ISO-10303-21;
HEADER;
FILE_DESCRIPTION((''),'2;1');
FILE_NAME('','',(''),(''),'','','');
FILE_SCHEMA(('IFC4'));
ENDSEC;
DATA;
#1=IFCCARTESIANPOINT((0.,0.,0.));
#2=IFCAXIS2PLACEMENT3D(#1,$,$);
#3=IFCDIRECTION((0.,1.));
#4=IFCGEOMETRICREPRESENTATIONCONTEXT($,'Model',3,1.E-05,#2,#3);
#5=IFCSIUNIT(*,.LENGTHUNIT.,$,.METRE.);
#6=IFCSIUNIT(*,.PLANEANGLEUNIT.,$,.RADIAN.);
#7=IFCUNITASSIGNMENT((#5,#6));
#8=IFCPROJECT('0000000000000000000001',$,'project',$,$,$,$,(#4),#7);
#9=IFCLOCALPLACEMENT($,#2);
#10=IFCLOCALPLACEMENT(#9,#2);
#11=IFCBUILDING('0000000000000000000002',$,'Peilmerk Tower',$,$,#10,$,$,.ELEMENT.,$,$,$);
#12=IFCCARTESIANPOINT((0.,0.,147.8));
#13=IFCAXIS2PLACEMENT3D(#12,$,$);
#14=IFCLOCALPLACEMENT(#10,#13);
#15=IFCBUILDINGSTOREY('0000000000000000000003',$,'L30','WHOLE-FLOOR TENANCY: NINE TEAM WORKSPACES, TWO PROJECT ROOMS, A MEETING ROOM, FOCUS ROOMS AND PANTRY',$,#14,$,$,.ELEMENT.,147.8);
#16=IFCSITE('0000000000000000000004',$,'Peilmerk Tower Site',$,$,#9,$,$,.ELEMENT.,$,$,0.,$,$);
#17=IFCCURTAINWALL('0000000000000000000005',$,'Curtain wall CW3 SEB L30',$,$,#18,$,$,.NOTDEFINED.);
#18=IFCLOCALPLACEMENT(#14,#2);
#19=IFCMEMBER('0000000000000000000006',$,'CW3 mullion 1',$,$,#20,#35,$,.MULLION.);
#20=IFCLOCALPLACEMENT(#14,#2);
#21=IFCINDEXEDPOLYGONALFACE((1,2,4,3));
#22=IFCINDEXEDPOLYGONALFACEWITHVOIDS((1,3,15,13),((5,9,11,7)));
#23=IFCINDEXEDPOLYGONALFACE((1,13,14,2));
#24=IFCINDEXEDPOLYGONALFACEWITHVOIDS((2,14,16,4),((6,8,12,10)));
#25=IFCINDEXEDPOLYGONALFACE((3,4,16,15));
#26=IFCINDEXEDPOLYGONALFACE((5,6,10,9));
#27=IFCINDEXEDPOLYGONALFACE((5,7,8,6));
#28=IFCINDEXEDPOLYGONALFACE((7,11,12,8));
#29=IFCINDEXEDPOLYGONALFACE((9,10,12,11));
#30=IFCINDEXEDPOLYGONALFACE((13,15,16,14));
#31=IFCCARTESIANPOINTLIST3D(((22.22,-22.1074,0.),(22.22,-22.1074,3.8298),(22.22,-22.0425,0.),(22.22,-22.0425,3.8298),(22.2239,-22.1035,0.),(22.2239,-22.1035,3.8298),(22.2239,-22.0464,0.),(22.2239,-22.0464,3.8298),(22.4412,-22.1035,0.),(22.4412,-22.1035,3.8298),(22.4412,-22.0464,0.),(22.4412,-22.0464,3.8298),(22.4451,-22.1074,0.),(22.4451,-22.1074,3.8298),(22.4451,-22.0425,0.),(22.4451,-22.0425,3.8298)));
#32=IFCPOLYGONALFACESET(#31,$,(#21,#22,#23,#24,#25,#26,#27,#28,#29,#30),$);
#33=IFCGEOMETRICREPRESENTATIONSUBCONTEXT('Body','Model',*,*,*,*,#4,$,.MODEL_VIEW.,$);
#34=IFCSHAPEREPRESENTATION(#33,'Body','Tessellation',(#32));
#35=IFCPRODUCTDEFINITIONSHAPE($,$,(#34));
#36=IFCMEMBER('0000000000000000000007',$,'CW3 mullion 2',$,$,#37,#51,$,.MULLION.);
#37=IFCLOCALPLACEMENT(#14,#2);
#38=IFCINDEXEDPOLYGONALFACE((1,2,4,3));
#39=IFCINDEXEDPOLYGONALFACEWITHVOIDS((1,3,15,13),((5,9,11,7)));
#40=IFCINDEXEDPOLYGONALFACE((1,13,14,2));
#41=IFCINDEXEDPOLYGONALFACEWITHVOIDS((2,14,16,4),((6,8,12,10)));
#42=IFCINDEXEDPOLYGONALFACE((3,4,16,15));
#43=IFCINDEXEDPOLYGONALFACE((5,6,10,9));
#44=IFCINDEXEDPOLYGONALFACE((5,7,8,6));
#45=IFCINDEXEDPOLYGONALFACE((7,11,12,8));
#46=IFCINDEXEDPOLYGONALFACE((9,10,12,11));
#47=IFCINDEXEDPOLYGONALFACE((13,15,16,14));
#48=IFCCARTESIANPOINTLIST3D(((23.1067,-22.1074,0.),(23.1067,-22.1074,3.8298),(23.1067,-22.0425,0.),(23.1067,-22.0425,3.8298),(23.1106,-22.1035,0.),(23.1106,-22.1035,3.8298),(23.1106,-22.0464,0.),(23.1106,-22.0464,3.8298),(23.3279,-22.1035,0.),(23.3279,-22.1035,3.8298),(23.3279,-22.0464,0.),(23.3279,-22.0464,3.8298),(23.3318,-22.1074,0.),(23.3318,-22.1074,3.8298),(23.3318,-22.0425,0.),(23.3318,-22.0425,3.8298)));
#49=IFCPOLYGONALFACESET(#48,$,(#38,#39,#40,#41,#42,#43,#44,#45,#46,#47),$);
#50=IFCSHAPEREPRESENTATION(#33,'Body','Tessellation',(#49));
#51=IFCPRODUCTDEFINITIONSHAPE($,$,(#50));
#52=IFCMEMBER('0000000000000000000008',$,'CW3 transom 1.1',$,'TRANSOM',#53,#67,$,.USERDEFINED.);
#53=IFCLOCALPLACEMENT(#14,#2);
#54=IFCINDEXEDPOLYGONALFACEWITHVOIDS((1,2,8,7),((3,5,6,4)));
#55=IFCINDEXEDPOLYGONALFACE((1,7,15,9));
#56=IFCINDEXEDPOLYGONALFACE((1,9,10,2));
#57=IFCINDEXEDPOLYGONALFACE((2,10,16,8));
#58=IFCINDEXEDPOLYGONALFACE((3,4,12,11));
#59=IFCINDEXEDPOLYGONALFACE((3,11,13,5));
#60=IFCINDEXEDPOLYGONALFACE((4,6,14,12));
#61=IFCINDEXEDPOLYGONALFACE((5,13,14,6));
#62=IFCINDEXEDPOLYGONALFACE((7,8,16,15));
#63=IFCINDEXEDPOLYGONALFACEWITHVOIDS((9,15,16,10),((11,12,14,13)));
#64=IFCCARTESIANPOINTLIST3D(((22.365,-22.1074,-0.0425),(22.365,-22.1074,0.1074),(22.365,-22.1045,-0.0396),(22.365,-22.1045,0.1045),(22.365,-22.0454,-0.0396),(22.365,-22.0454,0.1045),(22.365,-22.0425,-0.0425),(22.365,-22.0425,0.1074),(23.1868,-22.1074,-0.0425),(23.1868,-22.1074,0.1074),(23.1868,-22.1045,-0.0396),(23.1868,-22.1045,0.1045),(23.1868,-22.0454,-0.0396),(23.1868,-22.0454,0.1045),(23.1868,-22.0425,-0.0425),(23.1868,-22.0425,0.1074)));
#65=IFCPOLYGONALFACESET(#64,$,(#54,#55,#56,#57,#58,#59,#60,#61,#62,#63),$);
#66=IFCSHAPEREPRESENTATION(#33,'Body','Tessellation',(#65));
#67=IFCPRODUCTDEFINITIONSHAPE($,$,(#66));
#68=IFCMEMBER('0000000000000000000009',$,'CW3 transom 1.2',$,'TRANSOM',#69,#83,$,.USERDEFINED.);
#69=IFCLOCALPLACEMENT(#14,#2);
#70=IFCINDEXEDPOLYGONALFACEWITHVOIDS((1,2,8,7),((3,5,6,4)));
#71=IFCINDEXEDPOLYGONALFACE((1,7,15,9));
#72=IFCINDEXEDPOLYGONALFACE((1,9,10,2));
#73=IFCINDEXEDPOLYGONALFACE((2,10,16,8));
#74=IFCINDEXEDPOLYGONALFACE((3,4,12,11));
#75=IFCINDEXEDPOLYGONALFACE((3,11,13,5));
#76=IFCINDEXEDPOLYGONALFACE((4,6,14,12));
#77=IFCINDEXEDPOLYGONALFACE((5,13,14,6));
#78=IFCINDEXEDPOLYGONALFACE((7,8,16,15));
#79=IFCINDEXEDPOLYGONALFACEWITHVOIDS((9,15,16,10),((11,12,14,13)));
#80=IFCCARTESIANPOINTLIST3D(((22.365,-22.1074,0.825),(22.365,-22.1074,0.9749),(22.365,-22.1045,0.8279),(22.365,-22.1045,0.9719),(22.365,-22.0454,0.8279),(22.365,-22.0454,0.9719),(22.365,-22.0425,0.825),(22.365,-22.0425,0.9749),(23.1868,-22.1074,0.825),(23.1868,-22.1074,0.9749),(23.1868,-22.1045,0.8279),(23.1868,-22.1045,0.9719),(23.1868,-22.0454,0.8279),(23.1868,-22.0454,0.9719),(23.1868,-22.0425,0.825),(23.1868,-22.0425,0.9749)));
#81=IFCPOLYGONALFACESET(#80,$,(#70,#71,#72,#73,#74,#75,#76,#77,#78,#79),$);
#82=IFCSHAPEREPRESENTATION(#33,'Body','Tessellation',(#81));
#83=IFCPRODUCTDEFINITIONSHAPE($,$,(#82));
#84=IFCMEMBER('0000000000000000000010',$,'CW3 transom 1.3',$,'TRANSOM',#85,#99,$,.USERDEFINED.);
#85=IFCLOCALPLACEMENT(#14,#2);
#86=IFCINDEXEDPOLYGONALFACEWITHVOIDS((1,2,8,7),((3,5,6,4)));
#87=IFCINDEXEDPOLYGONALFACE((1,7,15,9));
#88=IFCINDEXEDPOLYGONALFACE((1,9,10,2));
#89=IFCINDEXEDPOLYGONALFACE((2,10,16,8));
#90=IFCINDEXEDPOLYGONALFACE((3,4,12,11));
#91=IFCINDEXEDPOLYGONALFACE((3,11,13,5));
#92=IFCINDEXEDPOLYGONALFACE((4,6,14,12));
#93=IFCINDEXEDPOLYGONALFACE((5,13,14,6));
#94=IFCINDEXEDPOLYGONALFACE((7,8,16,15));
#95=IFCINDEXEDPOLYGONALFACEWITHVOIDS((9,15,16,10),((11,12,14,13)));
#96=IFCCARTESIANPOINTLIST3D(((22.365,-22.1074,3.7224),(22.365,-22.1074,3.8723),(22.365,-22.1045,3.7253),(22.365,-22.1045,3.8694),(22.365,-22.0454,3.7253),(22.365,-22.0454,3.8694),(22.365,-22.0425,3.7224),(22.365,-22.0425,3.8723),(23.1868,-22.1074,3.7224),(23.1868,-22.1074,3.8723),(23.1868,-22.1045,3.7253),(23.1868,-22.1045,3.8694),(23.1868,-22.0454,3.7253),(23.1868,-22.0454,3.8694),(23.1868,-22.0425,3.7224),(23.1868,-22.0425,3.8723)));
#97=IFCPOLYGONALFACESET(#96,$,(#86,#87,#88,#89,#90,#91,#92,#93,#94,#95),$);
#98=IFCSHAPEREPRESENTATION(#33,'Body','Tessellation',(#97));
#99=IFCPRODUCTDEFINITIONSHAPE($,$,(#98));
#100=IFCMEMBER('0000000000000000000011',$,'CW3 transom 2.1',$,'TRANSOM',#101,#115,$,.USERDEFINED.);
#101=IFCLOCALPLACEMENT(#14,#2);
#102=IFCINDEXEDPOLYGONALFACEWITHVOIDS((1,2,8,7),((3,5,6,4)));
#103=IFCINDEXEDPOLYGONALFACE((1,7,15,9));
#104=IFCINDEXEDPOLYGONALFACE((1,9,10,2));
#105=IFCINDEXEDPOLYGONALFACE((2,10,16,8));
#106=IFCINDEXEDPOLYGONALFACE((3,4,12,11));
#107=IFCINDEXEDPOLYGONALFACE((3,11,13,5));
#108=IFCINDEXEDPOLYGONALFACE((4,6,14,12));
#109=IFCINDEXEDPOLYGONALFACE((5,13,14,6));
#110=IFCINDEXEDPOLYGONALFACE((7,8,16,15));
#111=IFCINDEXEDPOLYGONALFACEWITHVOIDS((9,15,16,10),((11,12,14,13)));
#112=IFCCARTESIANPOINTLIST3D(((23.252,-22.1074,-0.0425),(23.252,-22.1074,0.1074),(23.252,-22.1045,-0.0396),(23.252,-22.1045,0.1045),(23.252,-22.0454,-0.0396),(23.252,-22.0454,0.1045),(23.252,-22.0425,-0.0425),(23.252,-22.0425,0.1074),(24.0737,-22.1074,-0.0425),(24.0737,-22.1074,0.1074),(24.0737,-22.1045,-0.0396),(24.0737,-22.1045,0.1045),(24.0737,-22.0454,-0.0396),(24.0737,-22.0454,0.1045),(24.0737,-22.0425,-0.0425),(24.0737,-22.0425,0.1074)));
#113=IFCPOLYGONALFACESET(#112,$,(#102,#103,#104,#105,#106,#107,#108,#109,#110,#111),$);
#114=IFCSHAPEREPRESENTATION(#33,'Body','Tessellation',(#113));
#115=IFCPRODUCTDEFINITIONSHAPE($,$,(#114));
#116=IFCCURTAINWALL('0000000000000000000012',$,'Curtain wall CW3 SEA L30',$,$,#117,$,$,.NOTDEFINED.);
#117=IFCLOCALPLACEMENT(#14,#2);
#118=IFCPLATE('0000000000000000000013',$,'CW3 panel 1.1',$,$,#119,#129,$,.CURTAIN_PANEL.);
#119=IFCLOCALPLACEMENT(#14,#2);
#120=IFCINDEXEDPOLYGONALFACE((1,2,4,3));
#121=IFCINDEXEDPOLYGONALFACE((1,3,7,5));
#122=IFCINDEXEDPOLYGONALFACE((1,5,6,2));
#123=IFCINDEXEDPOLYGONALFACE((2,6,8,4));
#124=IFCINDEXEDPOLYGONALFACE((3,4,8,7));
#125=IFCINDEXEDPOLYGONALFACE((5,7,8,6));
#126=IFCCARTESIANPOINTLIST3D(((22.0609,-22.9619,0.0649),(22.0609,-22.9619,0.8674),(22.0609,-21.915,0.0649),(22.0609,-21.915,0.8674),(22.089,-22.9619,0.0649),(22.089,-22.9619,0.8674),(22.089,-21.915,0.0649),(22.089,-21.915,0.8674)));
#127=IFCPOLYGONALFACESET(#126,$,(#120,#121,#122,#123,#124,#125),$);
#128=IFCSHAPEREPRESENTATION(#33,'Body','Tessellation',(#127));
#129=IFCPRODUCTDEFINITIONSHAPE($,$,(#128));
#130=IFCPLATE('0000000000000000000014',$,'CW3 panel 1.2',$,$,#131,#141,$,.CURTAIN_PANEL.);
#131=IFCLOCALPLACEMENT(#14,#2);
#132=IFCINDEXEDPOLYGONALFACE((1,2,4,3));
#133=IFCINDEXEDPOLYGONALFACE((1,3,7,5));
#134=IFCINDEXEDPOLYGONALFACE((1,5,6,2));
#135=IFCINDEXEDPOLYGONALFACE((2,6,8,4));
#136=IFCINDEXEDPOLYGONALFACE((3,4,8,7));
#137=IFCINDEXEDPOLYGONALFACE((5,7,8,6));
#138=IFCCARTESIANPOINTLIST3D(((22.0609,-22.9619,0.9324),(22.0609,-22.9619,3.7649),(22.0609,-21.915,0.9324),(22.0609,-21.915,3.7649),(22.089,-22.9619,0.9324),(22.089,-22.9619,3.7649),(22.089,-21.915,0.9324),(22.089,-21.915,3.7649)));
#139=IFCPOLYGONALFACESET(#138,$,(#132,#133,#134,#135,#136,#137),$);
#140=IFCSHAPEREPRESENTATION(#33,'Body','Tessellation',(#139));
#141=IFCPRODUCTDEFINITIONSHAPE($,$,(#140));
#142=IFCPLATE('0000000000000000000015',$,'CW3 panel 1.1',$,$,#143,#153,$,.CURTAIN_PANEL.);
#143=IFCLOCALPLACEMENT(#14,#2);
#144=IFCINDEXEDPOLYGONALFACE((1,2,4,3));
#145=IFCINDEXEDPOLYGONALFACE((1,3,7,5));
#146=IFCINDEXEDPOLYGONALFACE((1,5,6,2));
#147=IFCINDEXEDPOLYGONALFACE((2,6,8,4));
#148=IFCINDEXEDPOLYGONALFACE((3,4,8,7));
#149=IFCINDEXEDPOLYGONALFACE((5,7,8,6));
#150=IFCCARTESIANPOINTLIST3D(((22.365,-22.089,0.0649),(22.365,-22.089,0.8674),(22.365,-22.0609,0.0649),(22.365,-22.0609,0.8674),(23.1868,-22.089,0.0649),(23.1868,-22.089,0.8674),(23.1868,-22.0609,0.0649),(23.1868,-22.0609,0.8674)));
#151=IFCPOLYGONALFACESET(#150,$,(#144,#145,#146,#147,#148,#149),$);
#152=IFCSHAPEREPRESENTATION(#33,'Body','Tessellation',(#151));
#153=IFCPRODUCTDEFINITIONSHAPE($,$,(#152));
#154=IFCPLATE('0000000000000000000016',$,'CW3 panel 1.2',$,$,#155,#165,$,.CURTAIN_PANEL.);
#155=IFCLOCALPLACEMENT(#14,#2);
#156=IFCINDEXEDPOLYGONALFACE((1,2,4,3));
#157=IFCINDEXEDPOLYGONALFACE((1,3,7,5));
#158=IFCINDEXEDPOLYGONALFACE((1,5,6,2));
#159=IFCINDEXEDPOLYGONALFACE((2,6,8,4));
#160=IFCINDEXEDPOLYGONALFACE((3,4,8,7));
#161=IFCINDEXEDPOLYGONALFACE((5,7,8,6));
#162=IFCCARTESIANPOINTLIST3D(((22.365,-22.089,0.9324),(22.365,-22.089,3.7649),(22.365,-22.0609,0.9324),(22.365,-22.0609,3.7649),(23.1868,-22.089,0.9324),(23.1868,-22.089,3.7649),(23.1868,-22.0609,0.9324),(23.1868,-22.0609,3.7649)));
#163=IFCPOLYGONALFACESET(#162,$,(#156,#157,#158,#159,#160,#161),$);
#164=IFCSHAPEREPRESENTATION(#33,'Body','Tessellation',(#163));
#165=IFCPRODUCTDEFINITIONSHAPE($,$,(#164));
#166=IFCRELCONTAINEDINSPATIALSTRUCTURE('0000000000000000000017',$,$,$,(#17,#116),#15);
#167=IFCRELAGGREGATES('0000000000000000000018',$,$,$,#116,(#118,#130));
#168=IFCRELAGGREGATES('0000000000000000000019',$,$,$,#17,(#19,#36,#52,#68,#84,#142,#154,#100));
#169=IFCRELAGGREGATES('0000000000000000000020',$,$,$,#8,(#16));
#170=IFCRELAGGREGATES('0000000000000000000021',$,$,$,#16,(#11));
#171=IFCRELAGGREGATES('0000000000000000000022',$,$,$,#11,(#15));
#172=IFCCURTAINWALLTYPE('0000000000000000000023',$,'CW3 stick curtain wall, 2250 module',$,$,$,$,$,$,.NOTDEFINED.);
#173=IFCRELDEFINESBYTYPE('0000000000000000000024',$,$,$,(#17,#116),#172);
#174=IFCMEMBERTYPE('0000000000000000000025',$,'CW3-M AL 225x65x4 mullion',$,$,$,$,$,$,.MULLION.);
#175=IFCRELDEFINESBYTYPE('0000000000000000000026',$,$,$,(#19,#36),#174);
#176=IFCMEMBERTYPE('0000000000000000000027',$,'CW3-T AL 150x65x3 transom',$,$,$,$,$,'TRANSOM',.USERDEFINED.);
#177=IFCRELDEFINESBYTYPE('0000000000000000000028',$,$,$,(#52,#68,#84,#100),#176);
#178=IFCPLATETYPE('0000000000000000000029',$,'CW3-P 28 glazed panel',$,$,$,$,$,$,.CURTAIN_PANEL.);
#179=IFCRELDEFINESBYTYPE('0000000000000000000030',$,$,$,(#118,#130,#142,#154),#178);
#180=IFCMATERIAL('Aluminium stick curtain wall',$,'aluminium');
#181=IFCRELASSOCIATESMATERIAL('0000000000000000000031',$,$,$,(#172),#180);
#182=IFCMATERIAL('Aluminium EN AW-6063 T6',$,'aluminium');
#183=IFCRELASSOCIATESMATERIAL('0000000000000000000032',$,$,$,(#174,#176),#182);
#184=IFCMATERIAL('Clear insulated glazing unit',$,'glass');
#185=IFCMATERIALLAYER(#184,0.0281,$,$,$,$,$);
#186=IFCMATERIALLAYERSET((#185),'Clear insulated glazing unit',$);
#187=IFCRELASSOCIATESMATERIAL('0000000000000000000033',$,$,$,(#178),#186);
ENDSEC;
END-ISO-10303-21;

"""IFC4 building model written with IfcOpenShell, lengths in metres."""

from ifc_helpers import new_model, si_unit, direction, frame, origin, origin_2d, place, context, subcontext, project, spatial, rectangle, hollow_rectangle, extrude, material, layer, layer_set, material_profile, profile_set, type_object, element, aggregate, save


model = new_model("IFC4")

# Units and contexts
model_context = context("Model", 3, precision=1e-05, world=origin(), true_north=direction((0.0, 1.0)))
body_context = subcontext(model_context, "Body", "Model", "MODEL_VIEW")
ifc_project = project(units=[si_unit("LENGTHUNIT", "METRE"), si_unit("PLANEANGLEUNIT", "RADIAN")], contexts=[model_context])

# Site, building, storey
site_placement = place(None, origin())
site = spatial("IfcSite", under=ifc_project, at=site_placement, Name="Peilmerk Tower Site", CompositionType="ELEMENT", RefElevation=0.0)
building_placement = place(site_placement, origin())
building = spatial("IfcBuilding", under=site, at=building_placement, Name="Peilmerk Tower", CompositionType="ELEMENT")
storey_placement = place(building_placement, frame((0.0, 0.0, 147.8)))
storey = spatial("IfcBuildingStorey", under=building, at=storey_placement, Name="L30", Description="WHOLE-FLOOR TENANCY: NINE TEAM WORKSPACES, TWO PROJECT ROOMS, A MEETING ROOM, FOCUS ROOMS AND PANTRY", CompositionType="ELEMENT", Elevation=147.8)

# Curtain wall, members
ifc_material_1 = material(Name="Aluminium stick curtain wall", Category="aluminium")
curtain_wall_type = type_object("IfcCurtainWallType", Name="CW3 stick curtain wall, 2250 module", PredefinedType="NOTDEFINED", material=ifc_material_1)
curtain_wall_1_placement = place(storey_placement, origin())
curtain_wall_1 = element("IfcCurtainWall", 1, at=curtain_wall_1_placement, inside=storey, type_object=curtain_wall_type, Name="Curtain wall CW3 SEB L30", PredefinedType="NOTDEFINED")
ifc_material_2 = material(Name="Aluminium EN AW-6063 T6", Category="aluminium")
ifc_material_profile_1 = material_profile(ifc_material_2, hollow_rectangle(XDim=0.0649, YDim=0.2251, WallThickness=0.0039, at=origin_2d()), Name="AL 225x65x4")
ifc_profile_set_1 = profile_set([ifc_material_profile_1], Name="Aluminium EN AW-6063 T6")
member_type_1 = type_object("IfcMemberType", Name="CW3-M AL 225x65x4 mullion", PredefinedType="MULLION", material=ifc_profile_set_1)
member_1_placement = place(storey_placement, frame((22.3325, -22.075, 0.0), z_axis=(0.0, 0.0, 1.0), x_axis=(0.0, 1.0, 0.0)))
member_1 = element("IfcMember", 2, at=member_1_placement, type_object=member_type_1, Name="CW3 mullion 1", PredefinedType="MULLION", context=body_context, shape_type="SweptSolid", body=[
    extrude(hollow_rectangle(XDim=0.0649, YDim=0.2251, WallThickness=0.0039, at=origin_2d()), origin(), (0.0, 0.0, 1.0), 3.8298),
])
member_2_placement = place(storey_placement, frame((23.2192, -22.075, 0.0), z_axis=(0.0, 0.0, 1.0), x_axis=(0.0, 1.0, 0.0)))
member_2 = element("IfcMember", 3, at=member_2_placement, type_object=member_type_1, Name="CW3 mullion 2", PredefinedType="MULLION", context=body_context, shape_type="SweptSolid", body=[
    extrude(hollow_rectangle(XDim=0.0649, YDim=0.2251, WallThickness=0.0039, at=origin_2d()), origin(), (0.0, 0.0, 1.0), 3.8298),
])
ifc_material_profile_2 = material_profile(ifc_material_2, hollow_rectangle(XDim=0.0649, YDim=0.1499, WallThickness=0.0029, at=origin_2d()), Name="AL 150x65x3")
ifc_profile_set_2 = profile_set([ifc_material_profile_2], Name="Aluminium EN AW-6063 T6")
member_type_2 = type_object("IfcMemberType", Name="CW3-T AL 150x65x3 transom", ElementType="TRANSOM", PredefinedType="USERDEFINED", material=ifc_profile_set_2)
member_3_placement = place(storey_placement, frame((22.365, -22.075, 0.0325), z_axis=(1.0, 0.0, 0.0), x_axis=(0.0, 1.0, 0.0)))
member_3 = element("IfcMember", 4, at=member_3_placement, type_object=member_type_2, Name="CW3 transom 1.1", ObjectType="TRANSOM", PredefinedType="USERDEFINED", context=body_context, shape_type="SweptSolid", body=[
    extrude(hollow_rectangle(XDim=0.0649, YDim=0.1499, WallThickness=0.0029, at=origin_2d()), origin(), (0.0, 0.0, 1.0), 0.8218),
])
member_4_placement = place(storey_placement, frame((22.365, -22.075, 0.8999), z_axis=(1.0, 0.0, 0.0), x_axis=(0.0, 1.0, 0.0)))
member_4 = element("IfcMember", 5, at=member_4_placement, type_object=member_type_2, Name="CW3 transom 1.2", ObjectType="TRANSOM", PredefinedType="USERDEFINED", context=body_context, shape_type="SweptSolid", body=[
    extrude(hollow_rectangle(XDim=0.0649, YDim=0.1499, WallThickness=0.0029, at=origin_2d()), origin(), (0.0, 0.0, 1.0), 0.8218),
])
member_5_placement = place(storey_placement, frame((22.365, -22.075, 3.7974), z_axis=(1.0, 0.0, 0.0), x_axis=(0.0, 1.0, 0.0)))
member_5 = element("IfcMember", 6, at=member_5_placement, type_object=member_type_2, Name="CW3 transom 1.3", ObjectType="TRANSOM", PredefinedType="USERDEFINED", context=body_context, shape_type="SweptSolid", body=[
    extrude(hollow_rectangle(XDim=0.0649, YDim=0.1499, WallThickness=0.0029, at=origin_2d()), origin(), (0.0, 0.0, 1.0), 0.8218),
])
member_6_placement = place(storey_placement, frame((23.252, -22.075, 0.0325), z_axis=(1.0, 0.0, 0.0), x_axis=(0.0, 1.0, 0.0)))
member_6 = element("IfcMember", 7, at=member_6_placement, type_object=member_type_2, Name="CW3 transom 2.1", ObjectType="TRANSOM", PredefinedType="USERDEFINED", context=body_context, shape_type="SweptSolid", body=[
    extrude(hollow_rectangle(XDim=0.0649, YDim=0.1499, WallThickness=0.0029, at=origin_2d()), origin(), (0.0, 0.0, 1.0), 0.8218),
])

# Curtain wall, plates
curtain_wall_2_placement = place(storey_placement, origin())
curtain_wall_2 = element("IfcCurtainWall", 8, at=curtain_wall_2_placement, inside=storey, type_object=curtain_wall_type, Name="Curtain wall CW3 SEA L30", PredefinedType="NOTDEFINED")
ifc_material_3 = material(Name="Clear insulated glazing unit", Category="glass")
ifc_layer_1 = layer(ifc_material_3, 0.0281)
ifc_layer_set_1 = layer_set([ifc_layer_1], Name="Clear insulated glazing unit")
plate_type = type_object("IfcPlateType", Name="CW3-P 28 glazed panel", PredefinedType="CURTAIN_PANEL", material=ifc_layer_set_1)
plate_1_placement = place(storey_placement, frame((22.075, -22.4385, 0.0649), z_axis=(0.0, 0.0, 1.0), x_axis=(0.0, -1.0, 0.0)))
plate_1 = element("IfcPlate", 9, at=plate_1_placement, type_object=plate_type, Name="CW3 panel 1.1", PredefinedType="CURTAIN_PANEL", context=body_context, shape_type="SweptSolid", body=[
    extrude(rectangle(XDim=1.0469, YDim=0.0281, at=origin_2d()), origin(), (0.0, 0.0, 1.0), 0.8025),
])
plate_2_placement = place(storey_placement, frame((22.075, -22.4385, 0.9324), z_axis=(0.0, 0.0, 1.0), x_axis=(0.0, -1.0, 0.0)))
plate_2 = element("IfcPlate", 10, at=plate_2_placement, type_object=plate_type, Name="CW3 panel 1.2", PredefinedType="CURTAIN_PANEL", context=body_context, shape_type="SweptSolid", body=[
    extrude(rectangle(XDim=1.0469, YDim=0.0281, at=origin_2d()), origin(), (0.0, 0.0, 1.0), 2.8325),
])
aggregate(curtain_wall_2, [plate_1, plate_2])

# Plates
plate_3_placement = place(storey_placement, frame((22.7759, -22.075, 0.0649), z_axis=(0.0, 0.0, 1.0), x_axis=(1.0, 0.0, 0.0)))
plate_3 = element("IfcPlate", 11, at=plate_3_placement, type_object=plate_type, Name="CW3 panel 1.1", PredefinedType="CURTAIN_PANEL", context=body_context, shape_type="SweptSolid", body=[
    extrude(rectangle(XDim=0.8218, YDim=0.0281, at=origin_2d()), origin(), (0.0, 0.0, 1.0), 0.8025),
])
plate_4_placement = place(storey_placement, frame((22.7759, -22.075, 0.9324), z_axis=(0.0, 0.0, 1.0), x_axis=(1.0, 0.0, 0.0)))
plate_4 = element("IfcPlate", 12, at=plate_4_placement, type_object=plate_type, Name="CW3 panel 1.2", PredefinedType="CURTAIN_PANEL", context=body_context, shape_type="SweptSolid", body=[
    extrude(rectangle(XDim=0.8218, YDim=0.0281, at=origin_2d()), origin(), (0.0, 0.0, 1.0), 2.8325),
])
aggregate(curtain_wall_1, [member_1, member_2, member_3, member_4, member_5, plate_3, plate_4, member_6])

save(model, "model.ifc")
